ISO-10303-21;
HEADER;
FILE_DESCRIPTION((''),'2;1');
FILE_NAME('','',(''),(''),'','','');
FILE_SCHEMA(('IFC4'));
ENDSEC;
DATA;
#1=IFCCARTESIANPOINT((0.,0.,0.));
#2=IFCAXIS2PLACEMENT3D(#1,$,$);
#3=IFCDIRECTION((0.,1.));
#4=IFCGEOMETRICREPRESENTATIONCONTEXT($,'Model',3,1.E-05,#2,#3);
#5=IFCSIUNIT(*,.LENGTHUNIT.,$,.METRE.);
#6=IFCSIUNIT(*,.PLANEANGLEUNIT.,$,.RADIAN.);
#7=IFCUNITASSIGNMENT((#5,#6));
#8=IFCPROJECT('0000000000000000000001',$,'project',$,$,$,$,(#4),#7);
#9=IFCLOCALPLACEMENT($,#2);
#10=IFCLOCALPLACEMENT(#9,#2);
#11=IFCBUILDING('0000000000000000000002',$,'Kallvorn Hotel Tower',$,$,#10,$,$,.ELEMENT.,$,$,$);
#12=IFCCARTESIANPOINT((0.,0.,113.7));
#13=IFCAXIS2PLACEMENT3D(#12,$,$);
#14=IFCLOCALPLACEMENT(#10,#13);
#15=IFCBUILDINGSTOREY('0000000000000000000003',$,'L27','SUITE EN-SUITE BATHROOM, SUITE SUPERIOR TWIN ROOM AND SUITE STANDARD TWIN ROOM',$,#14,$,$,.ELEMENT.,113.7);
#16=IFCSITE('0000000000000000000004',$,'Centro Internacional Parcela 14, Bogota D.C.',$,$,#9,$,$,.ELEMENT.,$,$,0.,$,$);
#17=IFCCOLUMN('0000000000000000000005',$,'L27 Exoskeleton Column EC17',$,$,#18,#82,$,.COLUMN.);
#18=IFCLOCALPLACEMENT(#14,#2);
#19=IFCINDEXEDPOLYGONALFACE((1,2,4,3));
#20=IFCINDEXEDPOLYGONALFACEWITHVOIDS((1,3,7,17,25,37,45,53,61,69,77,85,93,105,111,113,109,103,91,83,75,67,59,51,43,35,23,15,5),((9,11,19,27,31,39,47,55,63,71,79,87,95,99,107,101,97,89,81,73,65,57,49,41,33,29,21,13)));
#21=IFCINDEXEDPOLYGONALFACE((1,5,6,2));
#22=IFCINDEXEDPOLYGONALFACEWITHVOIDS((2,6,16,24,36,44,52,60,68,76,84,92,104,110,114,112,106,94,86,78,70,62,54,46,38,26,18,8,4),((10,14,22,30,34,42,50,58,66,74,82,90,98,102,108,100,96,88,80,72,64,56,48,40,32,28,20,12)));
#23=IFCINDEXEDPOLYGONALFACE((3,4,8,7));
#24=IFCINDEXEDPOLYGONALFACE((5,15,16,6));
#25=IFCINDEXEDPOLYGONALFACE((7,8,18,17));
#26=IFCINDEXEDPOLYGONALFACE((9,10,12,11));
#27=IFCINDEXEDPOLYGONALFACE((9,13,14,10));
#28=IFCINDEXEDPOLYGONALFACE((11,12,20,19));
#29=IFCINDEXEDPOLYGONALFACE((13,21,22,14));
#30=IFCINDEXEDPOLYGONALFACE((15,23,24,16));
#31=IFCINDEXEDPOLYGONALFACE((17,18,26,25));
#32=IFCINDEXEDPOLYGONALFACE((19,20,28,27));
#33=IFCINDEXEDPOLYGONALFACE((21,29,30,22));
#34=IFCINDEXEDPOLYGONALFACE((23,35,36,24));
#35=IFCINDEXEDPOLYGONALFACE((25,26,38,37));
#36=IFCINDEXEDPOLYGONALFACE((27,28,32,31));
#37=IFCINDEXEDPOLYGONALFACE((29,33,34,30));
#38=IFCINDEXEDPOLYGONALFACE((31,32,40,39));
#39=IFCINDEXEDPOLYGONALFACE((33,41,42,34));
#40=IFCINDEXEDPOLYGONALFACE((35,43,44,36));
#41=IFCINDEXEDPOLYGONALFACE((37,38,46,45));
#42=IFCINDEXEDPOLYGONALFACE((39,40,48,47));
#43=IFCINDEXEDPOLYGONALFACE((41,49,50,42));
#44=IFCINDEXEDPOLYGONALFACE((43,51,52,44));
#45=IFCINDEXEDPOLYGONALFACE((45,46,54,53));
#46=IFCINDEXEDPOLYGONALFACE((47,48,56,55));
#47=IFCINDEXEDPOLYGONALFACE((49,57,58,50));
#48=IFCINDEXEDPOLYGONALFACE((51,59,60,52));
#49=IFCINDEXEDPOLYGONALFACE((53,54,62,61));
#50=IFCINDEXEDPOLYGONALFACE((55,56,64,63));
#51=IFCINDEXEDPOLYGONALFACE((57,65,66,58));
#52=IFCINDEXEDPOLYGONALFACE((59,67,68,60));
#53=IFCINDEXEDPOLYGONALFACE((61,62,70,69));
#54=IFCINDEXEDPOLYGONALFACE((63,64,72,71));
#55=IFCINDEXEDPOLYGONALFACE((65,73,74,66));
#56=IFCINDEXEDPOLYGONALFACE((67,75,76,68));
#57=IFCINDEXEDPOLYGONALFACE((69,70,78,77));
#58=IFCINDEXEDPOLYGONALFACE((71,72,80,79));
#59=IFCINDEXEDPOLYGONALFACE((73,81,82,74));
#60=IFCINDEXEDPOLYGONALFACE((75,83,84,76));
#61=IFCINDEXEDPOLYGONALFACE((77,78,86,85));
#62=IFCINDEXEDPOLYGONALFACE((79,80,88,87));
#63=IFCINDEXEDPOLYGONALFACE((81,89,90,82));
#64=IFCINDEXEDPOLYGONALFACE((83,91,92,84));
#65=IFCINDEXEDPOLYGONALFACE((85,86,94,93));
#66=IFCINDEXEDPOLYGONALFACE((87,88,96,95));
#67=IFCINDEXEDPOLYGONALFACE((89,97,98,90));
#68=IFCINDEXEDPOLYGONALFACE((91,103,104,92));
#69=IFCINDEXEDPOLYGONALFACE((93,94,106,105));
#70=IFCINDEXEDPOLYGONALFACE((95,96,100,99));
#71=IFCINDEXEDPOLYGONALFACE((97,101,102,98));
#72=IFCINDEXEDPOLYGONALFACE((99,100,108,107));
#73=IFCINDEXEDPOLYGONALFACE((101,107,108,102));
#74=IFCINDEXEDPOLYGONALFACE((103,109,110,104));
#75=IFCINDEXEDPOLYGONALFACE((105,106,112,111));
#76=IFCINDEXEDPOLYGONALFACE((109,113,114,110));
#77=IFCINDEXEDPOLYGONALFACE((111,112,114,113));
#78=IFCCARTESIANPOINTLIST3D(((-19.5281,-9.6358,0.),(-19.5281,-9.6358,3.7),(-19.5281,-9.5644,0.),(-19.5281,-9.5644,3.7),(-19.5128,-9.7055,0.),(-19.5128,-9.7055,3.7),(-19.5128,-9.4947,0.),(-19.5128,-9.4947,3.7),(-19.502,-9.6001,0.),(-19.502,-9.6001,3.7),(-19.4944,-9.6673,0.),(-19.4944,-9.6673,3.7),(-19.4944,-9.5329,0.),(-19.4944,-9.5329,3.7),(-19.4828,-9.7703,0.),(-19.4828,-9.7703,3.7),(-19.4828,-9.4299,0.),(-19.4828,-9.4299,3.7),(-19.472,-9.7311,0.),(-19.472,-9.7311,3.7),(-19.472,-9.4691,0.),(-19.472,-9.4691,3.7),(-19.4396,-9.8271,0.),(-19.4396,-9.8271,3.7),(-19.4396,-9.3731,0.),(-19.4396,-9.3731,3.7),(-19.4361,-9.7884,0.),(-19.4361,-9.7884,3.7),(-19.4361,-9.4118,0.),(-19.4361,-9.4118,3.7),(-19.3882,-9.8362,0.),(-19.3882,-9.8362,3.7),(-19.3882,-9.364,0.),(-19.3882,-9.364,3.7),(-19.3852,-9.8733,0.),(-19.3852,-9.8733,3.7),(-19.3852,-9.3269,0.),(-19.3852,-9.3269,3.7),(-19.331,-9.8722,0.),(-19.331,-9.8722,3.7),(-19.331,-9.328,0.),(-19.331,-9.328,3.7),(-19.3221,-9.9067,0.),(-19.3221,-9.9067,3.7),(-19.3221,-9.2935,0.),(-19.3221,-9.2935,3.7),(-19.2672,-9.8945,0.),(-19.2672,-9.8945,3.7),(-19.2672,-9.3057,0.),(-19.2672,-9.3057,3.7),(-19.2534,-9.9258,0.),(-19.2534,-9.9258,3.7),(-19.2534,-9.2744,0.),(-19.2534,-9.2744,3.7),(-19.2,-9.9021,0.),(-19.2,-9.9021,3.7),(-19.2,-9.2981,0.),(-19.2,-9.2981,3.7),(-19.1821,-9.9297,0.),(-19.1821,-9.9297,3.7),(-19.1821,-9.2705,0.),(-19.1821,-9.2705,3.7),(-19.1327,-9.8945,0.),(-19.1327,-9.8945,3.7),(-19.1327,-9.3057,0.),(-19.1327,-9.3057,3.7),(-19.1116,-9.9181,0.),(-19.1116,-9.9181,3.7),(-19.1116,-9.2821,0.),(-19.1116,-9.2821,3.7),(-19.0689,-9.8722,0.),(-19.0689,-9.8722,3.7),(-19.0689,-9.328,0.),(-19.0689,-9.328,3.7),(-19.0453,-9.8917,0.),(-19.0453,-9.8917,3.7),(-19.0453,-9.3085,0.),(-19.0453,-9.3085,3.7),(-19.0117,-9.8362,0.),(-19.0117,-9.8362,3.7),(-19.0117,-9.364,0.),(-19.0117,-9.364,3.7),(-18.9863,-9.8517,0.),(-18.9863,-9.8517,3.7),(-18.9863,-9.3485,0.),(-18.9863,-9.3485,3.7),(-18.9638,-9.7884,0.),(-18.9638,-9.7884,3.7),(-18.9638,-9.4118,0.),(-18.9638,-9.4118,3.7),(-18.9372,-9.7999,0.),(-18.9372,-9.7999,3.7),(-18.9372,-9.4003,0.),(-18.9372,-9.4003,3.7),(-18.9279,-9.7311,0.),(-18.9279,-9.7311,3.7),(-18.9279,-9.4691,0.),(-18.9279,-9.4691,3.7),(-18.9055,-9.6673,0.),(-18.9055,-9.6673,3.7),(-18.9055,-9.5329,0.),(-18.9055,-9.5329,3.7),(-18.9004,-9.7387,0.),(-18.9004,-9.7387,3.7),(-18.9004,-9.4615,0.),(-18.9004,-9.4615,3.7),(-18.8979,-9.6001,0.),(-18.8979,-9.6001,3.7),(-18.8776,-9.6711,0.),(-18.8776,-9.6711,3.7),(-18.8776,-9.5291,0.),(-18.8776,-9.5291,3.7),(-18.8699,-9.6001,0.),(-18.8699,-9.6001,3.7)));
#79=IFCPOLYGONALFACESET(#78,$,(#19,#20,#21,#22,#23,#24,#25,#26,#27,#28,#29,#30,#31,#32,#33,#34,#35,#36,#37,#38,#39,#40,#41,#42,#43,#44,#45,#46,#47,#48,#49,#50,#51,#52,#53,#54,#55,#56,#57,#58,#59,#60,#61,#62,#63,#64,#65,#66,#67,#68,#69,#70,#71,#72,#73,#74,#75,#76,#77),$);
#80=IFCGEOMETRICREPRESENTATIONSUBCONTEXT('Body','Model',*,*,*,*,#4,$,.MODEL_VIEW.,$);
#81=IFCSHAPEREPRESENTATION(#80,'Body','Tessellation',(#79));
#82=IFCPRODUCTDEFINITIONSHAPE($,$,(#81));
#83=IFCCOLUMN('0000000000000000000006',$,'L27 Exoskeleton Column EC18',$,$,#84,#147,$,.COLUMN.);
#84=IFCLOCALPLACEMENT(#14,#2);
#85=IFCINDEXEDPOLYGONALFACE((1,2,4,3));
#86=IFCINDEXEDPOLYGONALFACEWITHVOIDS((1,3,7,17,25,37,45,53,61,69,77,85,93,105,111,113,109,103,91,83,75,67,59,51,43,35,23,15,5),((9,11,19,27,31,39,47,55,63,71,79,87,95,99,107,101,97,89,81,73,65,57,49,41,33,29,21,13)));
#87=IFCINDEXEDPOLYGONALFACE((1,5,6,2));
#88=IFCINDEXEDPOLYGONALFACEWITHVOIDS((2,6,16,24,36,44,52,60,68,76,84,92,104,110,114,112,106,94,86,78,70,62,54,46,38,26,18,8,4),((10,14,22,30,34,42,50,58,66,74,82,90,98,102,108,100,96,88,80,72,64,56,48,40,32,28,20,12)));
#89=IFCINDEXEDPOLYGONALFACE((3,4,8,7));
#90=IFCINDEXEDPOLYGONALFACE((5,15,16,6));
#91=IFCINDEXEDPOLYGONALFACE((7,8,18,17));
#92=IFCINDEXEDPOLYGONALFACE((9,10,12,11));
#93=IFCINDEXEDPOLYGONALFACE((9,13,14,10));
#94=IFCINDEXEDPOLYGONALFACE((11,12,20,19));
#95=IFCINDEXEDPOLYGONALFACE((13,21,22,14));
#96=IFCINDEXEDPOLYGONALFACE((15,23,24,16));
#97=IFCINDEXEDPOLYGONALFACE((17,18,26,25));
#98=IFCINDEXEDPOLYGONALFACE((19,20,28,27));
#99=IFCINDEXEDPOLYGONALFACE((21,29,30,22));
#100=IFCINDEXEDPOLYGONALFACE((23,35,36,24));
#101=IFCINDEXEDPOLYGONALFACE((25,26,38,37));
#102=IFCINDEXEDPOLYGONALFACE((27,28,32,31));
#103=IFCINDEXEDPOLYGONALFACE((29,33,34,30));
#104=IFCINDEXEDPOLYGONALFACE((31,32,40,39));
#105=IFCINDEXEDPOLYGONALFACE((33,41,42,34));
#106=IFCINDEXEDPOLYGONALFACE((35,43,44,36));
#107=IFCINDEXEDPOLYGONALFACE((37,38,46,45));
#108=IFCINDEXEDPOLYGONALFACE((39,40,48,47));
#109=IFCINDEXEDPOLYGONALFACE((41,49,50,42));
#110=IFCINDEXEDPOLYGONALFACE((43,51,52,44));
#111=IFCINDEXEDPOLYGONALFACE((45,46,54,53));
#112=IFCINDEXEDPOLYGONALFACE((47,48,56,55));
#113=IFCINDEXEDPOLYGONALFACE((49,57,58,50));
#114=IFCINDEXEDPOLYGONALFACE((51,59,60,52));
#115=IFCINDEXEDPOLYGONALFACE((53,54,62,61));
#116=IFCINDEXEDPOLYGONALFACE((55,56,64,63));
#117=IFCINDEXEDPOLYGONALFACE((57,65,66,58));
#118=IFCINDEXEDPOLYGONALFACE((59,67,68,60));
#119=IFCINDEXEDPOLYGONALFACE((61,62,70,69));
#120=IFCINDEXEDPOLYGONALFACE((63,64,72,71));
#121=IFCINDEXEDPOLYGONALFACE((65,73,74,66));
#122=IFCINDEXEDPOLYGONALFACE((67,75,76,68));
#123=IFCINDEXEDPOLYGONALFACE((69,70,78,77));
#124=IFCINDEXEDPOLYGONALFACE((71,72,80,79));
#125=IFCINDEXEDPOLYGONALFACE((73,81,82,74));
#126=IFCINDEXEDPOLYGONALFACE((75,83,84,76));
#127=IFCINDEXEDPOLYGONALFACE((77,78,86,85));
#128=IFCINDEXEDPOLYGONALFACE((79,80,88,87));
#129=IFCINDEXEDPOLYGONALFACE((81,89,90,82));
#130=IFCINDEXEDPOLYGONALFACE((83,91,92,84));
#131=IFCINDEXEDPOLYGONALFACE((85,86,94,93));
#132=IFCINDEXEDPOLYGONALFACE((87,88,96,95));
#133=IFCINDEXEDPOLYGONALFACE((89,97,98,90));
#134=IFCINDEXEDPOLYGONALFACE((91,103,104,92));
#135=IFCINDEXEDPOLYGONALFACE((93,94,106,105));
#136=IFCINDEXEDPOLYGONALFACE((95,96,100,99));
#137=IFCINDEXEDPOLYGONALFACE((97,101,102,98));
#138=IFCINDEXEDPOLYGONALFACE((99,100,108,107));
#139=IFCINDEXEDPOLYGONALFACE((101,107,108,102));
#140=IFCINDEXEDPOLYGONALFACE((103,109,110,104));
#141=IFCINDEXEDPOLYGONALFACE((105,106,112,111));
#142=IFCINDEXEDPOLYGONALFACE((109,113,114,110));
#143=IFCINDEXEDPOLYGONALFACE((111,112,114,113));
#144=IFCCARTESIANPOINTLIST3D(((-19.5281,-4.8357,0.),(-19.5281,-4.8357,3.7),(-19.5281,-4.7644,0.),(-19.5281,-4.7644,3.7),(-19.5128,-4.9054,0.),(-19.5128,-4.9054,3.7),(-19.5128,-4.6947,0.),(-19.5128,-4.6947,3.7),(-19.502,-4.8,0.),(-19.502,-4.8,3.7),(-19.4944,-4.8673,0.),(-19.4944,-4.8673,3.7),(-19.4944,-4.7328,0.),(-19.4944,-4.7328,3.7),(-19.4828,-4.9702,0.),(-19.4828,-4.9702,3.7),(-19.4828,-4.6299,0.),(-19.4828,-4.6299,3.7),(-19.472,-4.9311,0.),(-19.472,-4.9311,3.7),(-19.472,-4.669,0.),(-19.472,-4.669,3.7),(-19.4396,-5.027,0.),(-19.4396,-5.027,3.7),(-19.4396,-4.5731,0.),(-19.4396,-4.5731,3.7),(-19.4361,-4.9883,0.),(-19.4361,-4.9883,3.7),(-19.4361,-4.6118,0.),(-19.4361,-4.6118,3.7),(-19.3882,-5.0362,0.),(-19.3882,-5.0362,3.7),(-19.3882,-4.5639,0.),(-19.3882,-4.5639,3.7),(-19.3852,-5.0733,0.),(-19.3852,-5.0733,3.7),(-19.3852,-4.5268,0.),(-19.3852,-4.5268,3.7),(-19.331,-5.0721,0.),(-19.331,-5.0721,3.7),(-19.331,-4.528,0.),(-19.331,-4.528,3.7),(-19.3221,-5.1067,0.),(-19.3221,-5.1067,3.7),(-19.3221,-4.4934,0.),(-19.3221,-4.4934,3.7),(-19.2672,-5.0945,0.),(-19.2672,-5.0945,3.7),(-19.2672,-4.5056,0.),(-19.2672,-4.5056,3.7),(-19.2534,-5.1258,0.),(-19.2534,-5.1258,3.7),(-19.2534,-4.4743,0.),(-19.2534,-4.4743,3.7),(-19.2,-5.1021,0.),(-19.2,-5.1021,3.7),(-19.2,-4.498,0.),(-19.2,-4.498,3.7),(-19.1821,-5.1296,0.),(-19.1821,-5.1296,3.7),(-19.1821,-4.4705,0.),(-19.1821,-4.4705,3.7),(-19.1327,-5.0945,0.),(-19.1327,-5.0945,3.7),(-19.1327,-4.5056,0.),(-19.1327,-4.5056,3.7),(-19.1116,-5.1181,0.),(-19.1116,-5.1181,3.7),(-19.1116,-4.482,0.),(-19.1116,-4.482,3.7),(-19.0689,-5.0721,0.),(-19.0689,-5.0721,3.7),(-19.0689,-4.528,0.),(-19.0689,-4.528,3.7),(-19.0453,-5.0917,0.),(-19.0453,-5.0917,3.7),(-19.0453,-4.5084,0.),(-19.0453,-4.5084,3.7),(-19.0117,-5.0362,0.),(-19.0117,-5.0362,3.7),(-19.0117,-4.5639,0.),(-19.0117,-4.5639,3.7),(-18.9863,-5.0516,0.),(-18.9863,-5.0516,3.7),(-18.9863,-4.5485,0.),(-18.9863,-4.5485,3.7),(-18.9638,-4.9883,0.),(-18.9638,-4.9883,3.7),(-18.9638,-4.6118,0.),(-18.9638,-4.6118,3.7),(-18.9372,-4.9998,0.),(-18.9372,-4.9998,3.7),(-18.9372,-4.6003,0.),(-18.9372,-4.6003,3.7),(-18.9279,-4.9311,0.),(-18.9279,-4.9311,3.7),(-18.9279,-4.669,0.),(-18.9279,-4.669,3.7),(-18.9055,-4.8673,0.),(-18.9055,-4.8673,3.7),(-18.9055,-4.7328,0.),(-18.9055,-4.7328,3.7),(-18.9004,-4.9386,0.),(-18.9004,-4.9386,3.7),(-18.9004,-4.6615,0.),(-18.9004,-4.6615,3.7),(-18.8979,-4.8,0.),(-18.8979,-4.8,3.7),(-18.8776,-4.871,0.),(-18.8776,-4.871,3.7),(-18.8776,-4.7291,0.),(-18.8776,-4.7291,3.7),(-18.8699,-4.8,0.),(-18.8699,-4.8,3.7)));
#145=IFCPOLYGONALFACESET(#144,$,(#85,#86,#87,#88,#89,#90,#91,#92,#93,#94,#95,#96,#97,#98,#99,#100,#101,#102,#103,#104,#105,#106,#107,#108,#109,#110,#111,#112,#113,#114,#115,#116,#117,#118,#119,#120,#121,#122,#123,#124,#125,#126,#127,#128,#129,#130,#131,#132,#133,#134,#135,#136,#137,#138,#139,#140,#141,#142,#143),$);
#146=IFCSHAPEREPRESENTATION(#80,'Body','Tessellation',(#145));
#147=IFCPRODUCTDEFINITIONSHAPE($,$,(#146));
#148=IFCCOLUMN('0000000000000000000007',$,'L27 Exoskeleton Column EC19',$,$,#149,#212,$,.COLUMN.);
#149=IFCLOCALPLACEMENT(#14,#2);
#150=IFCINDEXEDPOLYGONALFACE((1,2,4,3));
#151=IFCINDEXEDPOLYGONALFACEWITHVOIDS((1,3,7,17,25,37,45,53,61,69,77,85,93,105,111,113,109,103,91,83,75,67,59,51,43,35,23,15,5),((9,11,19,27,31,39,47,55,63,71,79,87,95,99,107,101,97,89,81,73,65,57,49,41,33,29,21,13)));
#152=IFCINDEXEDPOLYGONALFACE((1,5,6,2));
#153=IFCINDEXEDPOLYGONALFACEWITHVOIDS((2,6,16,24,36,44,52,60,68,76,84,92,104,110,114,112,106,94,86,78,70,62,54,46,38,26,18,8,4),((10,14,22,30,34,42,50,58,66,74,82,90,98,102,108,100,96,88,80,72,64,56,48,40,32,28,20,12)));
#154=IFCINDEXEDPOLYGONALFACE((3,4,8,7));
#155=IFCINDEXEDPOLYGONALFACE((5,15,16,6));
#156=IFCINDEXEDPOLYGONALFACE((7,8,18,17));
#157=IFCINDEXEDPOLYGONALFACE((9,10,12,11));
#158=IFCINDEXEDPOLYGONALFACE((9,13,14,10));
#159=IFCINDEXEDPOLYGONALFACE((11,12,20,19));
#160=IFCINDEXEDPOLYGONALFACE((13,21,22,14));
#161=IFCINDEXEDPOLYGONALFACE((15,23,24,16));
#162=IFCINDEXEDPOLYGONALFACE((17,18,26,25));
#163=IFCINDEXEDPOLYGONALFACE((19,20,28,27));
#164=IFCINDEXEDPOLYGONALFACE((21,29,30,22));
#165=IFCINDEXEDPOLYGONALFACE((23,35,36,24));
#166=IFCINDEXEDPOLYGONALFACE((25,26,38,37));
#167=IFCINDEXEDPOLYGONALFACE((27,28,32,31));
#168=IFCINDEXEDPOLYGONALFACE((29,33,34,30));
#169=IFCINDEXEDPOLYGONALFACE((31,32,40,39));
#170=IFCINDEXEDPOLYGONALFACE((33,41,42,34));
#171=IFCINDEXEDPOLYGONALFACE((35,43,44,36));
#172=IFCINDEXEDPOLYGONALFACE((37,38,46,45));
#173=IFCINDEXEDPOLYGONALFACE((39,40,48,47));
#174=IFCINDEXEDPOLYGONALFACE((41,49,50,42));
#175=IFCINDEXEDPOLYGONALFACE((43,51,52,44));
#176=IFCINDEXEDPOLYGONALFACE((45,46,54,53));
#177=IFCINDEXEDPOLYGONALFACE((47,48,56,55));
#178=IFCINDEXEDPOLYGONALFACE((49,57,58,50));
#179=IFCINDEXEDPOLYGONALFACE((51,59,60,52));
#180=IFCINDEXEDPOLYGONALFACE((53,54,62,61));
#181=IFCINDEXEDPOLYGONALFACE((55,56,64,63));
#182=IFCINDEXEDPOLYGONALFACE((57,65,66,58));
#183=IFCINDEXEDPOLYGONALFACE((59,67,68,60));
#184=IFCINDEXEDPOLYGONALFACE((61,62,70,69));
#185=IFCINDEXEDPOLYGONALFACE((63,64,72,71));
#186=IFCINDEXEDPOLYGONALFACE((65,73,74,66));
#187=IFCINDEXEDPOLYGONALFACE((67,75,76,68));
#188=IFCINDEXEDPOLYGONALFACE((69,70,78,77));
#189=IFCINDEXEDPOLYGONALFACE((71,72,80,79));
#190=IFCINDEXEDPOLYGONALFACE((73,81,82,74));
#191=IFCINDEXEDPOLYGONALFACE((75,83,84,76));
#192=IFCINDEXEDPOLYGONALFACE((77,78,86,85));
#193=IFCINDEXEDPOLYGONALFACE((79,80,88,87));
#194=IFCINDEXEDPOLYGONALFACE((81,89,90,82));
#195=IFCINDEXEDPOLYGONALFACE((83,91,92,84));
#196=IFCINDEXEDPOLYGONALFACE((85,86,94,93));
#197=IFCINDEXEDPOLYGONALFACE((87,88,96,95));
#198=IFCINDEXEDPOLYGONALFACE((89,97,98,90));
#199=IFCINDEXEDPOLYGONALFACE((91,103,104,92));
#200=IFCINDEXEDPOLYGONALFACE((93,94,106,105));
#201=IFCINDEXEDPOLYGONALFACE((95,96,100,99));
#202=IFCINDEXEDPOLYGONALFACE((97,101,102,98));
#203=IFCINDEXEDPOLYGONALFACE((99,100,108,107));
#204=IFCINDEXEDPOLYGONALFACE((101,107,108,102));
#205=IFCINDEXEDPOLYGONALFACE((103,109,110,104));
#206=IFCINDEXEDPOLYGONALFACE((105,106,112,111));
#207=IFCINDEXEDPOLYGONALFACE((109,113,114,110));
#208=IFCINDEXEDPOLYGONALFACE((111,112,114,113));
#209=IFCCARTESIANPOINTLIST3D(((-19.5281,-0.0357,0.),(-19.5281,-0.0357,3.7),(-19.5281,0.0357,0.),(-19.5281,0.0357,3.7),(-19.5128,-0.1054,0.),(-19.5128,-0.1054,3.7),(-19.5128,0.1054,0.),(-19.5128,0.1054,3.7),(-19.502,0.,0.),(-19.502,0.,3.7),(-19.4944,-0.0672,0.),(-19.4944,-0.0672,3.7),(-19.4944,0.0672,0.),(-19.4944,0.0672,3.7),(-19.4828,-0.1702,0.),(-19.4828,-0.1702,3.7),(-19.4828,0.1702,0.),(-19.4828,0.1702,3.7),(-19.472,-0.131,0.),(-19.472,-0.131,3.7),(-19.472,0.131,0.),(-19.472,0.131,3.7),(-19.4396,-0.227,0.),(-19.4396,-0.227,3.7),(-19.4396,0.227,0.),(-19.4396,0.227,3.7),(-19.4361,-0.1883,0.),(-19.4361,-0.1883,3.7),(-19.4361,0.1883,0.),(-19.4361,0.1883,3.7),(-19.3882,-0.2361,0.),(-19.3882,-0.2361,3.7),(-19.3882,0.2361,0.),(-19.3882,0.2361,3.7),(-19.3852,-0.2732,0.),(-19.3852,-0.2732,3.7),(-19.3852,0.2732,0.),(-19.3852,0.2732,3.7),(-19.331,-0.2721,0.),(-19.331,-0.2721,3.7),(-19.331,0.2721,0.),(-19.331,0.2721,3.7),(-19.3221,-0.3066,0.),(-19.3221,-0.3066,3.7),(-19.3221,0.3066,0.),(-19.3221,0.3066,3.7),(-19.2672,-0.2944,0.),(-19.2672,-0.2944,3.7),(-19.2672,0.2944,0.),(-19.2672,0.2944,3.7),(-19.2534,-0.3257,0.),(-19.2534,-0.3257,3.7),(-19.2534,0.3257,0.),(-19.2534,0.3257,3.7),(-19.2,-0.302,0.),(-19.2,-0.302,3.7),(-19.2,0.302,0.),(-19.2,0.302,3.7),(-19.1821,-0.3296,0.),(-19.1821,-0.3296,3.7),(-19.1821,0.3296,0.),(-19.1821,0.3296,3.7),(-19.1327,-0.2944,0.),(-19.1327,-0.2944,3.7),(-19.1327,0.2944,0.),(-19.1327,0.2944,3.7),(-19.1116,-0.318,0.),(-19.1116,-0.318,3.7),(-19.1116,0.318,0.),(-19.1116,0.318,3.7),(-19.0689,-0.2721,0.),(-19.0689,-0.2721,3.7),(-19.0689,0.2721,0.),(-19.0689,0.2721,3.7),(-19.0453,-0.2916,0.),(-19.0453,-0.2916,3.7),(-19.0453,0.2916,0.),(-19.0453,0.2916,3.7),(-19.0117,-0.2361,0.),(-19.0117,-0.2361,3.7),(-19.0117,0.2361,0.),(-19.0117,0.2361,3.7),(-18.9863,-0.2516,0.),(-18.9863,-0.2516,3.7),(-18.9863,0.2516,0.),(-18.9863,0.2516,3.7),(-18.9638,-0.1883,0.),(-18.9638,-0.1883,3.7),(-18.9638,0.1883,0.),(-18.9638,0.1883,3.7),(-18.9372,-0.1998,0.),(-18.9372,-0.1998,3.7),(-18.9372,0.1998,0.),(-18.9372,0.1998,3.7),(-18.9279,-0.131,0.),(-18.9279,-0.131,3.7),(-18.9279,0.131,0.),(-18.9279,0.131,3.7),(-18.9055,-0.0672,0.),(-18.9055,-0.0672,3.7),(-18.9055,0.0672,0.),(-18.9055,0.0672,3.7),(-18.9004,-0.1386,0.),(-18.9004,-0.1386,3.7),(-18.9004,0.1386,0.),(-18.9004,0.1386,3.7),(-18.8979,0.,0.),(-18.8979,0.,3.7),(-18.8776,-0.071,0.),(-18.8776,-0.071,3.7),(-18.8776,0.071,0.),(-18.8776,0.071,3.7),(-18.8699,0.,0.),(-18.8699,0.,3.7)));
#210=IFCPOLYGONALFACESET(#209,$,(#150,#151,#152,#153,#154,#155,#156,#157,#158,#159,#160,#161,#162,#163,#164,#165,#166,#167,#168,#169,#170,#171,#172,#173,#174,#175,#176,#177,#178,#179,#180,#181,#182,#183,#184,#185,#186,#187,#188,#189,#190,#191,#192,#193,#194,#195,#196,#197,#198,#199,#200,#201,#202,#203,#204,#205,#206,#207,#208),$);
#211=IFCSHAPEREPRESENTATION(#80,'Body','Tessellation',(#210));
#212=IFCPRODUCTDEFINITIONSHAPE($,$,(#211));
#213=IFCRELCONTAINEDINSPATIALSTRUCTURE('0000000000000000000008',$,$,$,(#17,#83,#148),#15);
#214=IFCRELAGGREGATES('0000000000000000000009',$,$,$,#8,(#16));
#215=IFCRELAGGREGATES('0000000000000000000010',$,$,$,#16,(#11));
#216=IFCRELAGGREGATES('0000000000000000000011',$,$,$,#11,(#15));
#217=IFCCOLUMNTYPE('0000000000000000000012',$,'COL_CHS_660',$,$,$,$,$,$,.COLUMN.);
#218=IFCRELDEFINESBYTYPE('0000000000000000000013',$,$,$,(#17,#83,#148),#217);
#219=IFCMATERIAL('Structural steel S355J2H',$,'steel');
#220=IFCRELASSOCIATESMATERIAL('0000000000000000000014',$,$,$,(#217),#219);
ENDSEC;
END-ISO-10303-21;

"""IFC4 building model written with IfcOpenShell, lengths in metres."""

from ifc_helpers import new_model, si_unit, direction, frame, origin, origin_2d, place, context, subcontext, project, spatial, hollow_circle, extrude, material, material_profile, profile_set, type_object, element, save


model = new_model("IFC4")

# Units and contexts
model_context = context("Model", 3, precision=1e-05, world=origin(), true_north=direction((0.0, 1.0)))
body_context = subcontext(model_context, "Body", "Model", "MODEL_VIEW")
ifc_project = project(units=[si_unit("LENGTHUNIT", "METRE"), si_unit("PLANEANGLEUNIT", "RADIAN")], contexts=[model_context])

# Site, building, storey
site_placement = place(None, origin())
site = spatial("IfcSite", under=ifc_project, at=site_placement, Name="Centro Internacional Parcela 14, Bogota D.C.", CompositionType="ELEMENT", RefElevation=0.0)
building_placement = place(site_placement, origin())
building = spatial("IfcBuilding", under=site, at=building_placement, Name="Kallvorn Hotel Tower", CompositionType="ELEMENT")
storey_placement = place(building_placement, frame((0.0, 0.0, 113.7)))
storey = spatial("IfcBuildingStorey", under=building, at=storey_placement, Name="L27", Description="SUITE EN-SUITE BATHROOM, SUITE SUPERIOR TWIN ROOM AND SUITE STANDARD TWIN ROOM", CompositionType="ELEMENT", Elevation=113.7)

# Columns
ifc_material_1 = material(Name="Structural steel S355J2H", Category="steel")
ifc_material_profile_1 = material_profile(ifc_material_1, hollow_circle(Radius=0.3301, WallThickness=0.0281, at=origin_2d()), Name="CHS 660x28")
ifc_profile_set_1 = profile_set([ifc_material_profile_1], Name="Structural steel S355J2H")
column_type_1 = type_object("IfcColumnType", Name="COL_CHS_660", PredefinedType="COLUMN", material=ifc_profile_set_1)
for number, where, z_axis, x_axis, name in (
    (1, (-19.2, -9.6001, 0.0), (0.0, 0.0, 1.0), (1.0, 0.0, 0.0), "L27 Exoskeleton Column EC17"),
    (2, (-19.2, -4.8, 0.0), (0.0, 0.0, 1.0), (1.0, 0.0, 0.0), "L27 Exoskeleton Column EC18"),
    (3, (-19.2, 0.0, 0.0), (0.0, 0.0, 1.0), (1.0, 0.0, 0.0), "L27 Exoskeleton Column EC19"),
):
    element("IfcColumn", number, at=place(storey_placement, frame(where, z_axis=z_axis, x_axis=x_axis)), inside=storey, type_object=column_type_1, Name=name, PredefinedType="COLUMN", context=body_context, shape_type="SweptSolid", body=[
        extrude(hollow_circle(Radius=0.3301, WallThickness=0.0281, at=origin_2d()), origin(), (0.0, 0.0, 1.0), 3.7),
    ])

save(model, "model.ifc")
